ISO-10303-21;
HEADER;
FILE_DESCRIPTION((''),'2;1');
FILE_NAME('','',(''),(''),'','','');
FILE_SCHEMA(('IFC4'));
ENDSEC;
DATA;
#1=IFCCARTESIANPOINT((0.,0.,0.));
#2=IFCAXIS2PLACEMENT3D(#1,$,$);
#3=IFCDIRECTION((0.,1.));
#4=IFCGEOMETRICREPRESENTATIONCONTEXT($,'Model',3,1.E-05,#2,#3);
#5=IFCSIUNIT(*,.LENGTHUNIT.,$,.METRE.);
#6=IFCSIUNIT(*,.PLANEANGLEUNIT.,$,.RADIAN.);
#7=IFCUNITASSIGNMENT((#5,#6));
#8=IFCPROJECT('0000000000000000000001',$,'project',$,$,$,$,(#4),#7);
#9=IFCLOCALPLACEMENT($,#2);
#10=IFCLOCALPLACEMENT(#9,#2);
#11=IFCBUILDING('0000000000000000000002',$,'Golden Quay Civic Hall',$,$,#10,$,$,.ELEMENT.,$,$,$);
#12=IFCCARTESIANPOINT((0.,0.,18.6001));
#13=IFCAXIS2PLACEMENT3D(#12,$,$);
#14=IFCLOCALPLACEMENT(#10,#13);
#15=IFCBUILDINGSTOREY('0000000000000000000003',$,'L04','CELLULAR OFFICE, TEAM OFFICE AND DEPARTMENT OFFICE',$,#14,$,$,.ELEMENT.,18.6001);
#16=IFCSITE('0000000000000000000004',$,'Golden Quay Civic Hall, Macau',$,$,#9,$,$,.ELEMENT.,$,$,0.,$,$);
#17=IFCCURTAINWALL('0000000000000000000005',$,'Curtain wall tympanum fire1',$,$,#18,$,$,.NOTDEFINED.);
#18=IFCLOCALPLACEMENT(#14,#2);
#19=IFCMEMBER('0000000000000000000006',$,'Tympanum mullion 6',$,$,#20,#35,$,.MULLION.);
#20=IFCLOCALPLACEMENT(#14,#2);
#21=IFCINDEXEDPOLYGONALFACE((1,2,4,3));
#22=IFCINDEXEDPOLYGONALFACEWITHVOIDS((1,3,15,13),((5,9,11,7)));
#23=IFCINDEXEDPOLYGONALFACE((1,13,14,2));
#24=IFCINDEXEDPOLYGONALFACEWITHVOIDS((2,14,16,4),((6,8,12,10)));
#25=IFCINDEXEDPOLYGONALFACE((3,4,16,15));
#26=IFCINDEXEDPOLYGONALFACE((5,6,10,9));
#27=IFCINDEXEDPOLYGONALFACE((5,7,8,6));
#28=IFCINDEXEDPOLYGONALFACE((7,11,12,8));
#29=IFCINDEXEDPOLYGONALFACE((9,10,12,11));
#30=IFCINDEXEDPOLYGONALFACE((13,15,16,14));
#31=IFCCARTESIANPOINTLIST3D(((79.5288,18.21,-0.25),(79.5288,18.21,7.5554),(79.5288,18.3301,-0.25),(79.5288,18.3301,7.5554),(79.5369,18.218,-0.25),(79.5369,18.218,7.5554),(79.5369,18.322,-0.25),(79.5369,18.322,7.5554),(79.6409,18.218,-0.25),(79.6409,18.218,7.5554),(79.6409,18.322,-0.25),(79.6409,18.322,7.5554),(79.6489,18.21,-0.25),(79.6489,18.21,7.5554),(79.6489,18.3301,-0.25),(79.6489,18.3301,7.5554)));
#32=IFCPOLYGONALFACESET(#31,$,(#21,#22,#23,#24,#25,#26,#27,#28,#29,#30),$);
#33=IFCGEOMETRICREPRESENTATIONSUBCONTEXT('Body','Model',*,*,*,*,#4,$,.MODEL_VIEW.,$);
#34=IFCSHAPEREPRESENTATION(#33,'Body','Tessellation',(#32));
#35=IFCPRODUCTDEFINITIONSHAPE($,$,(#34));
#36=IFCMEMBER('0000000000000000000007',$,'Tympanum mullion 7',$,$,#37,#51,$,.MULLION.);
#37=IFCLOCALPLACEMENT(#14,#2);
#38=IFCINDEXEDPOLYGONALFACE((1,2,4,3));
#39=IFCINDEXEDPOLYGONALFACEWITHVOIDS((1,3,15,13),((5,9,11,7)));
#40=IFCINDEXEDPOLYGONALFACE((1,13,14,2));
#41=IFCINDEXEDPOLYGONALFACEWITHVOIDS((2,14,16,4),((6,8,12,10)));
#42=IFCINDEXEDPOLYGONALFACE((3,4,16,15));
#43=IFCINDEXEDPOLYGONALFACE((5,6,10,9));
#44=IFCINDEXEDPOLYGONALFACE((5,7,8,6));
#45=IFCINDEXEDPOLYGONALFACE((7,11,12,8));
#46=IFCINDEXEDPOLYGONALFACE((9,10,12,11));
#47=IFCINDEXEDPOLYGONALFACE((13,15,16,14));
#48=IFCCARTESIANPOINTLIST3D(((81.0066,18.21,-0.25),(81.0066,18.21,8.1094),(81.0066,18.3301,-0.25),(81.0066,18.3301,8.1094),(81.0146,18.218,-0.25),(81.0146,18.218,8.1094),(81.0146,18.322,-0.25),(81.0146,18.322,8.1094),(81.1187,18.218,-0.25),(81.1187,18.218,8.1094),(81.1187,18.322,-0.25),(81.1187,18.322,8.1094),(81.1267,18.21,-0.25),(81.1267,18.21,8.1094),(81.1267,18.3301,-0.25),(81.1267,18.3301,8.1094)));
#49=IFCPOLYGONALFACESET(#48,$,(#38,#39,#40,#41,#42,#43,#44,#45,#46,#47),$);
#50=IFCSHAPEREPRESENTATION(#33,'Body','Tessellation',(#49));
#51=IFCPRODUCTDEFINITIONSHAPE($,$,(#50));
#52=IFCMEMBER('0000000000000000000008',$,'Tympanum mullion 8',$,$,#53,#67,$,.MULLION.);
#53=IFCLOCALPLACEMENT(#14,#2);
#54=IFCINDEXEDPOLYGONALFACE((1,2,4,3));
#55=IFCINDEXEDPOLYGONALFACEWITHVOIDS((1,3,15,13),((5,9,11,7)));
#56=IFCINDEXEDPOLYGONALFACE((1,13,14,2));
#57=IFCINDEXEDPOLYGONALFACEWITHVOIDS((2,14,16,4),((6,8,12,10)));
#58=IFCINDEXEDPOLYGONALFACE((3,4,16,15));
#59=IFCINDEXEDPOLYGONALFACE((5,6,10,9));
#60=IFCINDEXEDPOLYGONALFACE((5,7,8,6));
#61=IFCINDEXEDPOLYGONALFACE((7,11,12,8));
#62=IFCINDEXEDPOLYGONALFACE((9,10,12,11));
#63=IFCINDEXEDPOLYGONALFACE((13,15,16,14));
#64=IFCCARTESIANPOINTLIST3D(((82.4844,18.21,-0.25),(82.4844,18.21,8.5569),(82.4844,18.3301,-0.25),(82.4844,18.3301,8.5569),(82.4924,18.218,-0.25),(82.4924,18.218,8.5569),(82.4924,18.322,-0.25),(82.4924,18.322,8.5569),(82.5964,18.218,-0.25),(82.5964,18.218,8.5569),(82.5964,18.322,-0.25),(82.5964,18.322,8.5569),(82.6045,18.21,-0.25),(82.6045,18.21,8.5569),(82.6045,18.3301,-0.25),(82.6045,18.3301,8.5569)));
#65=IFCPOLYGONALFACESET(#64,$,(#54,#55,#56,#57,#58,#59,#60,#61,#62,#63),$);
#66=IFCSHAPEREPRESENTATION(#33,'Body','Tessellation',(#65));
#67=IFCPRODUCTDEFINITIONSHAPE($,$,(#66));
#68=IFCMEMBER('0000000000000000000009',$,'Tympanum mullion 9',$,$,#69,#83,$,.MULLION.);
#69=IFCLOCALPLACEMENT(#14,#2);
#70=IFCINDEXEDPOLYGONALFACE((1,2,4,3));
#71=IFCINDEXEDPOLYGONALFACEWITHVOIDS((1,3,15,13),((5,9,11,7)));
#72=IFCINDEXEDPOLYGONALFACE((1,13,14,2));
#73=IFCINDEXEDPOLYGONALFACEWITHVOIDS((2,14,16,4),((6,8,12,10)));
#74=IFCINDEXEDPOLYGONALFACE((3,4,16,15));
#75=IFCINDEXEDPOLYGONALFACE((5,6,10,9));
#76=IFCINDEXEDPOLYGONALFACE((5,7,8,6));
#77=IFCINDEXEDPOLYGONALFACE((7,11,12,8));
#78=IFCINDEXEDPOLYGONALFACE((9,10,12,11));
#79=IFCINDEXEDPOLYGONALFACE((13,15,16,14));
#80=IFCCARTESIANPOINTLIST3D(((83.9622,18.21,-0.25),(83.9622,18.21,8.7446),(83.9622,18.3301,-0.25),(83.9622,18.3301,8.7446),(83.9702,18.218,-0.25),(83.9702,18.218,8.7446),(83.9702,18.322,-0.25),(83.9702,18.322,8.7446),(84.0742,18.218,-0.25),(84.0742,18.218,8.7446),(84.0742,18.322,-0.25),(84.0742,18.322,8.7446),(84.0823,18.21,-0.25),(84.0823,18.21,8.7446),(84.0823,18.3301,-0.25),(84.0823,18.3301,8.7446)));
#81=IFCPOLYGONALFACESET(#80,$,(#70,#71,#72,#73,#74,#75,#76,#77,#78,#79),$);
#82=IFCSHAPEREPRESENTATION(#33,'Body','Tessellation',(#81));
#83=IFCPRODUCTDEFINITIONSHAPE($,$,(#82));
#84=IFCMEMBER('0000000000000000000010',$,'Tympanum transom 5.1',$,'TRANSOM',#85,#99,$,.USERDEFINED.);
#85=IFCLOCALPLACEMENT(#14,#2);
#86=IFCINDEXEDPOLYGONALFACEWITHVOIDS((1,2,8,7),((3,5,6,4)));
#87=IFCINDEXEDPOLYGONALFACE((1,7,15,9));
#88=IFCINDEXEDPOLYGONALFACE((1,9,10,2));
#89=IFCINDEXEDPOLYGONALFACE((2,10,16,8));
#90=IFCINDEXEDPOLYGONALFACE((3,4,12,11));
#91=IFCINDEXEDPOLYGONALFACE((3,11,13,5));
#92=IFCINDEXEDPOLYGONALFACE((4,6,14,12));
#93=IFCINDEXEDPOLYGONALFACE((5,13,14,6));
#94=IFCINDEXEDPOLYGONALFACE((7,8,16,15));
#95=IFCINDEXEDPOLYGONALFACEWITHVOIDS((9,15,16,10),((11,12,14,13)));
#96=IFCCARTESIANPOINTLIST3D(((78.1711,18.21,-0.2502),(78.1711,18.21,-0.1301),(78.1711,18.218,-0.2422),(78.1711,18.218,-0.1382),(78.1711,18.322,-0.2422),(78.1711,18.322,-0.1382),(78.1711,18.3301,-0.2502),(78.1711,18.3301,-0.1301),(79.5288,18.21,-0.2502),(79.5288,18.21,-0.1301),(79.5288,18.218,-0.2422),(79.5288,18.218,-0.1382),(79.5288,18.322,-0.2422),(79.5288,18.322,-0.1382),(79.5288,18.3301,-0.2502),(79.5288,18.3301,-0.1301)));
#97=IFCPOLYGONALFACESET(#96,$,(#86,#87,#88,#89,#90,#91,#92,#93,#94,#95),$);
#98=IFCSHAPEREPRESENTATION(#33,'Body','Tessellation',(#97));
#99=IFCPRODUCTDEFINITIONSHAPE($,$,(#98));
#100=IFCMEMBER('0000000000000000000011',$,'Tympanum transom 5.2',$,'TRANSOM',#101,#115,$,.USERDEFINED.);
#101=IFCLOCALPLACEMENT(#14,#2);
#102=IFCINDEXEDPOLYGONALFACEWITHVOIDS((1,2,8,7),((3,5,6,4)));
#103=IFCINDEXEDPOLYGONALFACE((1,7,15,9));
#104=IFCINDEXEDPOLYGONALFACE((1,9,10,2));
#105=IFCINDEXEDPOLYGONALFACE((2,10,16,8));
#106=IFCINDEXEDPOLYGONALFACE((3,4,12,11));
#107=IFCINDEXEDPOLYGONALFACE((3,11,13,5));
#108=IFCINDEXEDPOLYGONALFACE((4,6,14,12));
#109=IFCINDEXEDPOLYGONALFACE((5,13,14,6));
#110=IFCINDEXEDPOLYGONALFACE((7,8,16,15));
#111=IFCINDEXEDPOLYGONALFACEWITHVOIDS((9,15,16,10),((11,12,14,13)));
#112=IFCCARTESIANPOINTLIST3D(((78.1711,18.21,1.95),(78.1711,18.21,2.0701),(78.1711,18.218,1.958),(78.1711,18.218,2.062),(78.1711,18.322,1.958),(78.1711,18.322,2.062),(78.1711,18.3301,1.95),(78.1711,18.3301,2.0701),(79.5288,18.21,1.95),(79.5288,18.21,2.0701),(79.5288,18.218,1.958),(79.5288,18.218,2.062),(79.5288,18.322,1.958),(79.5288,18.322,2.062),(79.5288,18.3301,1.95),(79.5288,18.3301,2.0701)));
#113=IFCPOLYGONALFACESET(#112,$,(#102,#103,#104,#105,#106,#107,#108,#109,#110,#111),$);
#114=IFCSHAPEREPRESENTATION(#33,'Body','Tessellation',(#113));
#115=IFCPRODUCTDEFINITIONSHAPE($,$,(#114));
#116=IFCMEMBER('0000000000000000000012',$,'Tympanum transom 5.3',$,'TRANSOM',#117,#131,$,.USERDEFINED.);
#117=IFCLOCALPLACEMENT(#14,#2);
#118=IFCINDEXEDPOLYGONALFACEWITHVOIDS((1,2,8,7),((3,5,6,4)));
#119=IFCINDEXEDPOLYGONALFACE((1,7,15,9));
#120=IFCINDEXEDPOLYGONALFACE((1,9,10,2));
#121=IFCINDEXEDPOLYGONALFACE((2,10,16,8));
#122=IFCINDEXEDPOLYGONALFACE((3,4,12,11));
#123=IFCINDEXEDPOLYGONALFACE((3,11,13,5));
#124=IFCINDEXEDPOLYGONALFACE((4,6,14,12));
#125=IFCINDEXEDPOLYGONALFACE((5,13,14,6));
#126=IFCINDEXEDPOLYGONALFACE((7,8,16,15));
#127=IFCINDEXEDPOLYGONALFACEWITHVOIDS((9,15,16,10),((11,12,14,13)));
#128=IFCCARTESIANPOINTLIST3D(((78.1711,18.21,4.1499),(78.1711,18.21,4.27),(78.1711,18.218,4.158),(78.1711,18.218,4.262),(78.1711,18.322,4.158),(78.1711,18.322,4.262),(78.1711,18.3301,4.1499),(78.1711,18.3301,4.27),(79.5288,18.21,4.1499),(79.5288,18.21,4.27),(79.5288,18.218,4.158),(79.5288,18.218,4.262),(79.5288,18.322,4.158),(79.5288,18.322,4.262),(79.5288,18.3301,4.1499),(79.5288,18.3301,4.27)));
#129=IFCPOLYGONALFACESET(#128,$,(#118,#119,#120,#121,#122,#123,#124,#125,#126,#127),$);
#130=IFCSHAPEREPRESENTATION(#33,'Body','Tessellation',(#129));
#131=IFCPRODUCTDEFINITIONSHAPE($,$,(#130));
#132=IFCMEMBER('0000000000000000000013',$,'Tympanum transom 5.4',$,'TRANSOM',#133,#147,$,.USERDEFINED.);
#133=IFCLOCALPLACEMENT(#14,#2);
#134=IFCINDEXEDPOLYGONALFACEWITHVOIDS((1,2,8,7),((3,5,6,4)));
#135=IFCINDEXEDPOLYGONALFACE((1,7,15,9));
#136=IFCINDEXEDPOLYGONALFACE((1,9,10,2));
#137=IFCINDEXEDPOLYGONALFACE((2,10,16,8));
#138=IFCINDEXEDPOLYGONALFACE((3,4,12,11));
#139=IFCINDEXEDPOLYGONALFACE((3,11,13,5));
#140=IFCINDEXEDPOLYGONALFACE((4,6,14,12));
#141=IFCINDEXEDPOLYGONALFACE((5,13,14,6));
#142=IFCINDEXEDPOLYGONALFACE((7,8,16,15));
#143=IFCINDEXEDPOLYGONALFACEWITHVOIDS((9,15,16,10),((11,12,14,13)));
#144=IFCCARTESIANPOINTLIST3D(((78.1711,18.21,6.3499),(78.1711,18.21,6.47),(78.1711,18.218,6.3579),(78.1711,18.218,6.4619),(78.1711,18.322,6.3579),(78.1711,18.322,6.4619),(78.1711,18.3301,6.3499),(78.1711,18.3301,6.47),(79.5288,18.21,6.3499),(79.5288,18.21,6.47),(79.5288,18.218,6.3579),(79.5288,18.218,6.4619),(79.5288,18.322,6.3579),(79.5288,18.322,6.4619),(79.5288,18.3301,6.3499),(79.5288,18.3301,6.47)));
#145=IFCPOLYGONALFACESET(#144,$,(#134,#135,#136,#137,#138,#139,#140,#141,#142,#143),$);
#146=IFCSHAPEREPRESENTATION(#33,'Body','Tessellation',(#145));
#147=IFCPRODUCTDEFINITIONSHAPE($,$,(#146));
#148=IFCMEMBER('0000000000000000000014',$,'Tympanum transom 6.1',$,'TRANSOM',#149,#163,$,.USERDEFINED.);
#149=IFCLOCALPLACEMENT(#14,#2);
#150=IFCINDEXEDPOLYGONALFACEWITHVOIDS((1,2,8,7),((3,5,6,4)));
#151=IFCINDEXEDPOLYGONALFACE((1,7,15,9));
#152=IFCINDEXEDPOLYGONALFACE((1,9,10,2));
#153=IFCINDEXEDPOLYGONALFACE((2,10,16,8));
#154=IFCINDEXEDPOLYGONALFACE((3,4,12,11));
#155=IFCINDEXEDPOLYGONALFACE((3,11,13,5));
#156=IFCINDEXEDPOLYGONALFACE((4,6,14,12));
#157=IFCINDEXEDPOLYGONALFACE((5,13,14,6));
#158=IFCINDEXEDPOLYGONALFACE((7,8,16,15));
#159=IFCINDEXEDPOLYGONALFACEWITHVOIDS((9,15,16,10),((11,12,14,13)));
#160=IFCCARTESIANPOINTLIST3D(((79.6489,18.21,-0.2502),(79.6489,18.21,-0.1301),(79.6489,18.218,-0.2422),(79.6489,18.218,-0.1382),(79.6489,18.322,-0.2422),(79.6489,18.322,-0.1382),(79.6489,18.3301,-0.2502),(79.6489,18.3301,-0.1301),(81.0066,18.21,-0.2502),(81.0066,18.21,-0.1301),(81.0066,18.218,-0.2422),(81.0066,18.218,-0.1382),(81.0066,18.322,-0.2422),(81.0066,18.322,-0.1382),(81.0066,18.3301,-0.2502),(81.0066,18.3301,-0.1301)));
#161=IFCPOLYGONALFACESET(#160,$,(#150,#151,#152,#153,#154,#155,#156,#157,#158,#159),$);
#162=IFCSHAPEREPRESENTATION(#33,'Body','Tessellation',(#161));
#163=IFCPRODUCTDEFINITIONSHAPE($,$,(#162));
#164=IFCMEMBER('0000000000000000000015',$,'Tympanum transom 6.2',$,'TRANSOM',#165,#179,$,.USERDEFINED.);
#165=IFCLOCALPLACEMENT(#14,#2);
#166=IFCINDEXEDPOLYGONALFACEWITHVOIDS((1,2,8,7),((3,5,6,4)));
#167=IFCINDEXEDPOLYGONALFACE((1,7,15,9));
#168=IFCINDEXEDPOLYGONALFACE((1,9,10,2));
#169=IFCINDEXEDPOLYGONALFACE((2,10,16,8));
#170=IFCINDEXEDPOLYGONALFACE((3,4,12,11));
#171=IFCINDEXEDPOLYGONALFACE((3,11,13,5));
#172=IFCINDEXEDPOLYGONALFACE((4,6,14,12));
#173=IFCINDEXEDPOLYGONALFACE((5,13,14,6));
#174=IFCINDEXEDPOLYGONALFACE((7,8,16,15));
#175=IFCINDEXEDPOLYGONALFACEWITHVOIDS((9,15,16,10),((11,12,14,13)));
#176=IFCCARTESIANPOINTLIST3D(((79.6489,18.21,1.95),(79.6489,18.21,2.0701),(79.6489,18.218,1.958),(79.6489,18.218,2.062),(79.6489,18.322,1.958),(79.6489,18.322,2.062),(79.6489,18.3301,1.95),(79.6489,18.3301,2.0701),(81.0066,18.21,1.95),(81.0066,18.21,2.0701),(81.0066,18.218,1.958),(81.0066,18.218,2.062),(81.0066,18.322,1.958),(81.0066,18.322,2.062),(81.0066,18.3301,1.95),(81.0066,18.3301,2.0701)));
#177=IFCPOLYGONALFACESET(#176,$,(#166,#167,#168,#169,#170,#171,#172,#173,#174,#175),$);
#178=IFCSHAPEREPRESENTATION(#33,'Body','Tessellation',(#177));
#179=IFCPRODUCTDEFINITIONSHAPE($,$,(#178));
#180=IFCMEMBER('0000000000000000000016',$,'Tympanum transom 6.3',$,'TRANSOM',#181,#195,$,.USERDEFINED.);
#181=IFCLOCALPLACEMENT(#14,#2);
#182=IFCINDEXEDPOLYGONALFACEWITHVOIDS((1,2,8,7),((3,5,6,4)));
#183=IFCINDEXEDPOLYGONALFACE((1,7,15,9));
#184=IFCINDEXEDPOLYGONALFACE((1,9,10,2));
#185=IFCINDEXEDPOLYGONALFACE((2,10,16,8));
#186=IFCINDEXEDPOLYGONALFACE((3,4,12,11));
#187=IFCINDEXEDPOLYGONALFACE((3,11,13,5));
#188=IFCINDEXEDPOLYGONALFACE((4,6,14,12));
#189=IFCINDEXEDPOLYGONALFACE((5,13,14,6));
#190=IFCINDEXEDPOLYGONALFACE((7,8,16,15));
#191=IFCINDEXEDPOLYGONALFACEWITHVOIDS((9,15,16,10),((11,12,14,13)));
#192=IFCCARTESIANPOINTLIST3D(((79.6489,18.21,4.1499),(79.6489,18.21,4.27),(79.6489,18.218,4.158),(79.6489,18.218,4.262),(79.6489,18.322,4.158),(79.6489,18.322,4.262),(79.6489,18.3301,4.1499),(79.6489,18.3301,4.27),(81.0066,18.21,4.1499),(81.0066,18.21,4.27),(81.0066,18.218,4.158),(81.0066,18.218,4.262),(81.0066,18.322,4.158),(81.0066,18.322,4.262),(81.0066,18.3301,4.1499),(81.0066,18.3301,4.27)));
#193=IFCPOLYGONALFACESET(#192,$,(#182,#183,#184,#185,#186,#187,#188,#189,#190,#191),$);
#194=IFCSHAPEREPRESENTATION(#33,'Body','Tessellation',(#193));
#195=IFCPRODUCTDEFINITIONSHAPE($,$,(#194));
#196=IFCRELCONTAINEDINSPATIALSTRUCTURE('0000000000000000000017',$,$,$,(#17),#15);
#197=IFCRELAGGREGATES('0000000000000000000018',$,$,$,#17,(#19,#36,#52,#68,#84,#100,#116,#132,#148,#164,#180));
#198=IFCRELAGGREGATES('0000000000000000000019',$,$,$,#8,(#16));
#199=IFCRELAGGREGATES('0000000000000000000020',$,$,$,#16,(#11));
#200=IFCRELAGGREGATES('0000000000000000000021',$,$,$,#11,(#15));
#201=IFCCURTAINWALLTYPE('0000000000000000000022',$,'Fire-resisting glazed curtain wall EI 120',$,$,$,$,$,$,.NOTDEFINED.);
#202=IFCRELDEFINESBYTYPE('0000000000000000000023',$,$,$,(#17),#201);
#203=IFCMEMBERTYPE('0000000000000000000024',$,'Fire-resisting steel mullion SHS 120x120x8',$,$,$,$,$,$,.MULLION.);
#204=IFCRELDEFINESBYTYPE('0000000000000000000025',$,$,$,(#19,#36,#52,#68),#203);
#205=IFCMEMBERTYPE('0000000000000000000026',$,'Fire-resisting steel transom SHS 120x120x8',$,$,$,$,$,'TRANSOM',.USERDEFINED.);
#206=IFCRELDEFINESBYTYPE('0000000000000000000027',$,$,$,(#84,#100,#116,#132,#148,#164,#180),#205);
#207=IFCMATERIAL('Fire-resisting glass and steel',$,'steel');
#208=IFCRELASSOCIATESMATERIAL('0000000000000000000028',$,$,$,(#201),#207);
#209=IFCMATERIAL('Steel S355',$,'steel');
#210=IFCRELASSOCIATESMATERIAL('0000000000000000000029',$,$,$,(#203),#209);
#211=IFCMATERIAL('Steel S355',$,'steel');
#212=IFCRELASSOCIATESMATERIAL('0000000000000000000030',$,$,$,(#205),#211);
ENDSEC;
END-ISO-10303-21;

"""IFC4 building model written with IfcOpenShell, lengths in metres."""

from ifc_helpers import new_model, si_unit, direction, frame, origin, origin_2d, place, context, subcontext, project, spatial, hollow_rectangle, extrude, material, material_profile, profile_set, type_object, element, aggregate, save


model = new_model("IFC4")

# Units and contexts
model_context = context("Model", 3, precision=1e-05, world=origin(), true_north=direction((0.0, 1.0)))
body_context = subcontext(model_context, "Body", "Model", "MODEL_VIEW")
ifc_project = project(units=[si_unit("LENGTHUNIT", "METRE"), si_unit("PLANEANGLEUNIT", "RADIAN")], contexts=[model_context])

# Site, building, storey
site_placement = place(None, origin())
site = spatial("IfcSite", under=ifc_project, at=site_placement, Name="Golden Quay Civic Hall, Macau", CompositionType="ELEMENT", RefElevation=0.0)
building_placement = place(site_placement, origin())
building = spatial("IfcBuilding", under=site, at=building_placement, Name="Golden Quay Civic Hall", CompositionType="ELEMENT")
storey_placement = place(building_placement, frame((0.0, 0.0, 18.6001)))
storey = spatial("IfcBuildingStorey", under=building, at=storey_placement, Name="L04", Description="CELLULAR OFFICE, TEAM OFFICE AND DEPARTMENT OFFICE", CompositionType="ELEMENT", Elevation=18.6001)

# Curtain wall, members
ifc_material_1 = material(Name="Fire-resisting glass and steel", Category="steel")
curtain_wall_type = type_object("IfcCurtainWallType", Name="Fire-resisting glazed curtain wall EI 120", PredefinedType="NOTDEFINED", material=ifc_material_1)
curtain_wall_placement = place(storey_placement, origin())
curtain_wall = element("IfcCurtainWall", 1, at=curtain_wall_placement, inside=storey, type_object=curtain_wall_type, Name="Curtain wall tympanum fire1", PredefinedType="NOTDEFINED")
ifc_material_2 = material(Name="Steel S355", Category="steel")
ifc_material_profile_1 = material_profile(ifc_material_2, hollow_rectangle(XDim=0.1201, YDim=0.1201, WallThickness=0.0081, at=origin_2d()), Name="SHS 120x120x8")
ifc_profile_set_1 = profile_set([ifc_material_profile_1], Name="Steel S355")
member_type_1 = type_object("IfcMemberType", Name="Fire-resisting steel mullion SHS 120x120x8", PredefinedType="MULLION", material=ifc_profile_set_1)
member_1_placement = place(storey_placement, frame((79.5889, 18.27, -0.25), z_axis=(0.0, 0.0, 1.0), x_axis=(0.0, 1.0, 0.0)))
member_1 = element("IfcMember", 2, at=member_1_placement, type_object=member_type_1, Name="Tympanum mullion 6", PredefinedType="MULLION", context=body_context, shape_type="SweptSolid", body=[
    extrude(hollow_rectangle(XDim=0.1201, YDim=0.1201, WallThickness=0.0081, at=origin_2d()), origin(), (0.0, 0.0, 1.0), 7.8054),
])
member_2_placement = place(storey_placement, frame((81.0667, 18.27, -0.25), z_axis=(0.0, 0.0, 1.0), x_axis=(0.0, 1.0, 0.0)))
member_2 = element("IfcMember", 3, at=member_2_placement, type_object=member_type_1, Name="Tympanum mullion 7", PredefinedType="MULLION", context=body_context, shape_type="SweptSolid", body=[
    extrude(hollow_rectangle(XDim=0.1201, YDim=0.1201, WallThickness=0.0081, at=origin_2d()), origin(), (0.0, 0.0, 1.0), 8.3594),
])
member_3_placement = place(storey_placement, frame((82.5444, 18.27, -0.25), z_axis=(0.0, 0.0, 1.0), x_axis=(0.0, 1.0, 0.0)))
member_3 = element("IfcMember", 4, at=member_3_placement, type_object=member_type_1, Name="Tympanum mullion 8", PredefinedType="MULLION", context=body_context, shape_type="SweptSolid", body=[
    extrude(hollow_rectangle(XDim=0.1201, YDim=0.1201, WallThickness=0.0081, at=origin_2d()), origin(), (0.0, 0.0, 1.0), 8.8069),
])
member_4_placement = place(storey_placement, frame((84.0222, 18.27, -0.25), z_axis=(0.0, 0.0, 1.0), x_axis=(0.0, 1.0, 0.0)))
member_4 = element("IfcMember", 5, at=member_4_placement, type_object=member_type_1, Name="Tympanum mullion 9", PredefinedType="MULLION", context=body_context, shape_type="SweptSolid", body=[
    extrude(hollow_rectangle(XDim=0.1201, YDim=0.1201, WallThickness=0.0081, at=origin_2d()), origin(), (0.0, 0.0, 1.0), 8.9946),
])
ifc_material_3 = material(Name="Steel S355", Category="steel")
ifc_material_profile_2 = material_profile(ifc_material_3, hollow_rectangle(XDim=0.1201, YDim=0.1201, WallThickness=0.0081, at=origin_2d()), Name="SHS 120x120x8")
ifc_profile_set_2 = profile_set([ifc_material_profile_2], Name="Steel S355")
member_type_2 = type_object("IfcMemberType", Name="Fire-resisting steel transom SHS 120x120x8", ElementType="TRANSOM", PredefinedType="USERDEFINED", material=ifc_profile_set_2)
member_5_placement = place(storey_placement, frame((78.1711, 18.27, -0.1902), z_axis=(1.0, 0.0, 0.0), x_axis=(0.0, 1.0, 0.0)))
member_5 = element("IfcMember", 6, at=member_5_placement, type_object=member_type_2, Name="Tympanum transom 5.1", ObjectType="TRANSOM", PredefinedType="USERDEFINED", context=body_context, shape_type="SweptSolid", body=[
    extrude(hollow_rectangle(XDim=0.1201, YDim=0.1201, WallThickness=0.0081, at=origin_2d()), origin(), (0.0, 0.0, 1.0), 1.3577),
])
member_6_placement = place(storey_placement, frame((78.1711, 18.27, 2.01), z_axis=(1.0, 0.0, 0.0), x_axis=(0.0, 1.0, 0.0)))
member_6 = element("IfcMember", 7, at=member_6_placement, type_object=member_type_2, Name="Tympanum transom 5.2", ObjectType="TRANSOM", PredefinedType="USERDEFINED", context=body_context, shape_type="SweptSolid", body=[
    extrude(hollow_rectangle(XDim=0.1201, YDim=0.1201, WallThickness=0.0081, at=origin_2d()), origin(), (0.0, 0.0, 1.0), 1.3577),
])
member_7_placement = place(storey_placement, frame((78.1711, 18.27, 4.21), z_axis=(1.0, 0.0, 0.0), x_axis=(0.0, 1.0, 0.0)))
member_7 = element("IfcMember", 8, at=member_7_placement, type_object=member_type_2, Name="Tympanum transom 5.3", ObjectType="TRANSOM", PredefinedType="USERDEFINED", context=body_context, shape_type="SweptSolid", body=[
    extrude(hollow_rectangle(XDim=0.1201, YDim=0.1201, WallThickness=0.0081, at=origin_2d()), origin(), (0.0, 0.0, 1.0), 1.3577),
])
member_8_placement = place(storey_placement, frame((78.1711, 18.27, 6.4099), z_axis=(1.0, 0.0, 0.0), x_axis=(0.0, 1.0, 0.0)))
member_8 = element("IfcMember", 9, at=member_8_placement, type_object=member_type_2, Name="Tympanum transom 5.4", ObjectType="TRANSOM", PredefinedType="USERDEFINED", context=body_context, shape_type="SweptSolid", body=[
    extrude(hollow_rectangle(XDim=0.1201, YDim=0.1201, WallThickness=0.0081, at=origin_2d()), origin(), (0.0, 0.0, 1.0), 1.3577),
])
member_9_placement = place(storey_placement, frame((79.6489, 18.27, -0.1902), z_axis=(1.0, 0.0, 0.0), x_axis=(0.0, 1.0, 0.0)))
member_9 = element("IfcMember", 10, at=member_9_placement, type_object=member_type_2, Name="Tympanum transom 6.1", ObjectType="TRANSOM", PredefinedType="USERDEFINED", context=body_context, shape_type="SweptSolid", body=[
    extrude(hollow_rectangle(XDim=0.1201, YDim=0.1201, WallThickness=0.0081, at=origin_2d()), origin(), (0.0, 0.0, 1.0), 1.3577),
])
member_10_placement = place(storey_placement, frame((79.6489, 18.27, 2.01), z_axis=(1.0, 0.0, 0.0), x_axis=(0.0, 1.0, 0.0)))
member_10 = element("IfcMember", 11, at=member_10_placement, type_object=member_type_2, Name="Tympanum transom 6.2", ObjectType="TRANSOM", PredefinedType="USERDEFINED", context=body_context, shape_type="SweptSolid", body=[
    extrude(hollow_rectangle(XDim=0.1201, YDim=0.1201, WallThickness=0.0081, at=origin_2d()), origin(), (0.0, 0.0, 1.0), 1.3577),
])
member_11_placement = place(storey_placement, frame((79.6489, 18.27, 4.21), z_axis=(1.0, 0.0, 0.0), x_axis=(0.0, 1.0, 0.0)))
member_11 = element("IfcMember", 12, at=member_11_placement, type_object=member_type_2, Name="Tympanum transom 6.3", ObjectType="TRANSOM", PredefinedType="USERDEFINED", context=body_context, shape_type="SweptSolid", body=[
    extrude(hollow_rectangle(XDim=0.1201, YDim=0.1201, WallThickness=0.0081, at=origin_2d()), origin(), (0.0, 0.0, 1.0), 1.3577),
])
aggregate(curtain_wall, [member_1, member_2, member_3, member_4, member_5, member_6, member_7, member_8, member_9, member_10, member_11])

save(model, "model.ifc")
